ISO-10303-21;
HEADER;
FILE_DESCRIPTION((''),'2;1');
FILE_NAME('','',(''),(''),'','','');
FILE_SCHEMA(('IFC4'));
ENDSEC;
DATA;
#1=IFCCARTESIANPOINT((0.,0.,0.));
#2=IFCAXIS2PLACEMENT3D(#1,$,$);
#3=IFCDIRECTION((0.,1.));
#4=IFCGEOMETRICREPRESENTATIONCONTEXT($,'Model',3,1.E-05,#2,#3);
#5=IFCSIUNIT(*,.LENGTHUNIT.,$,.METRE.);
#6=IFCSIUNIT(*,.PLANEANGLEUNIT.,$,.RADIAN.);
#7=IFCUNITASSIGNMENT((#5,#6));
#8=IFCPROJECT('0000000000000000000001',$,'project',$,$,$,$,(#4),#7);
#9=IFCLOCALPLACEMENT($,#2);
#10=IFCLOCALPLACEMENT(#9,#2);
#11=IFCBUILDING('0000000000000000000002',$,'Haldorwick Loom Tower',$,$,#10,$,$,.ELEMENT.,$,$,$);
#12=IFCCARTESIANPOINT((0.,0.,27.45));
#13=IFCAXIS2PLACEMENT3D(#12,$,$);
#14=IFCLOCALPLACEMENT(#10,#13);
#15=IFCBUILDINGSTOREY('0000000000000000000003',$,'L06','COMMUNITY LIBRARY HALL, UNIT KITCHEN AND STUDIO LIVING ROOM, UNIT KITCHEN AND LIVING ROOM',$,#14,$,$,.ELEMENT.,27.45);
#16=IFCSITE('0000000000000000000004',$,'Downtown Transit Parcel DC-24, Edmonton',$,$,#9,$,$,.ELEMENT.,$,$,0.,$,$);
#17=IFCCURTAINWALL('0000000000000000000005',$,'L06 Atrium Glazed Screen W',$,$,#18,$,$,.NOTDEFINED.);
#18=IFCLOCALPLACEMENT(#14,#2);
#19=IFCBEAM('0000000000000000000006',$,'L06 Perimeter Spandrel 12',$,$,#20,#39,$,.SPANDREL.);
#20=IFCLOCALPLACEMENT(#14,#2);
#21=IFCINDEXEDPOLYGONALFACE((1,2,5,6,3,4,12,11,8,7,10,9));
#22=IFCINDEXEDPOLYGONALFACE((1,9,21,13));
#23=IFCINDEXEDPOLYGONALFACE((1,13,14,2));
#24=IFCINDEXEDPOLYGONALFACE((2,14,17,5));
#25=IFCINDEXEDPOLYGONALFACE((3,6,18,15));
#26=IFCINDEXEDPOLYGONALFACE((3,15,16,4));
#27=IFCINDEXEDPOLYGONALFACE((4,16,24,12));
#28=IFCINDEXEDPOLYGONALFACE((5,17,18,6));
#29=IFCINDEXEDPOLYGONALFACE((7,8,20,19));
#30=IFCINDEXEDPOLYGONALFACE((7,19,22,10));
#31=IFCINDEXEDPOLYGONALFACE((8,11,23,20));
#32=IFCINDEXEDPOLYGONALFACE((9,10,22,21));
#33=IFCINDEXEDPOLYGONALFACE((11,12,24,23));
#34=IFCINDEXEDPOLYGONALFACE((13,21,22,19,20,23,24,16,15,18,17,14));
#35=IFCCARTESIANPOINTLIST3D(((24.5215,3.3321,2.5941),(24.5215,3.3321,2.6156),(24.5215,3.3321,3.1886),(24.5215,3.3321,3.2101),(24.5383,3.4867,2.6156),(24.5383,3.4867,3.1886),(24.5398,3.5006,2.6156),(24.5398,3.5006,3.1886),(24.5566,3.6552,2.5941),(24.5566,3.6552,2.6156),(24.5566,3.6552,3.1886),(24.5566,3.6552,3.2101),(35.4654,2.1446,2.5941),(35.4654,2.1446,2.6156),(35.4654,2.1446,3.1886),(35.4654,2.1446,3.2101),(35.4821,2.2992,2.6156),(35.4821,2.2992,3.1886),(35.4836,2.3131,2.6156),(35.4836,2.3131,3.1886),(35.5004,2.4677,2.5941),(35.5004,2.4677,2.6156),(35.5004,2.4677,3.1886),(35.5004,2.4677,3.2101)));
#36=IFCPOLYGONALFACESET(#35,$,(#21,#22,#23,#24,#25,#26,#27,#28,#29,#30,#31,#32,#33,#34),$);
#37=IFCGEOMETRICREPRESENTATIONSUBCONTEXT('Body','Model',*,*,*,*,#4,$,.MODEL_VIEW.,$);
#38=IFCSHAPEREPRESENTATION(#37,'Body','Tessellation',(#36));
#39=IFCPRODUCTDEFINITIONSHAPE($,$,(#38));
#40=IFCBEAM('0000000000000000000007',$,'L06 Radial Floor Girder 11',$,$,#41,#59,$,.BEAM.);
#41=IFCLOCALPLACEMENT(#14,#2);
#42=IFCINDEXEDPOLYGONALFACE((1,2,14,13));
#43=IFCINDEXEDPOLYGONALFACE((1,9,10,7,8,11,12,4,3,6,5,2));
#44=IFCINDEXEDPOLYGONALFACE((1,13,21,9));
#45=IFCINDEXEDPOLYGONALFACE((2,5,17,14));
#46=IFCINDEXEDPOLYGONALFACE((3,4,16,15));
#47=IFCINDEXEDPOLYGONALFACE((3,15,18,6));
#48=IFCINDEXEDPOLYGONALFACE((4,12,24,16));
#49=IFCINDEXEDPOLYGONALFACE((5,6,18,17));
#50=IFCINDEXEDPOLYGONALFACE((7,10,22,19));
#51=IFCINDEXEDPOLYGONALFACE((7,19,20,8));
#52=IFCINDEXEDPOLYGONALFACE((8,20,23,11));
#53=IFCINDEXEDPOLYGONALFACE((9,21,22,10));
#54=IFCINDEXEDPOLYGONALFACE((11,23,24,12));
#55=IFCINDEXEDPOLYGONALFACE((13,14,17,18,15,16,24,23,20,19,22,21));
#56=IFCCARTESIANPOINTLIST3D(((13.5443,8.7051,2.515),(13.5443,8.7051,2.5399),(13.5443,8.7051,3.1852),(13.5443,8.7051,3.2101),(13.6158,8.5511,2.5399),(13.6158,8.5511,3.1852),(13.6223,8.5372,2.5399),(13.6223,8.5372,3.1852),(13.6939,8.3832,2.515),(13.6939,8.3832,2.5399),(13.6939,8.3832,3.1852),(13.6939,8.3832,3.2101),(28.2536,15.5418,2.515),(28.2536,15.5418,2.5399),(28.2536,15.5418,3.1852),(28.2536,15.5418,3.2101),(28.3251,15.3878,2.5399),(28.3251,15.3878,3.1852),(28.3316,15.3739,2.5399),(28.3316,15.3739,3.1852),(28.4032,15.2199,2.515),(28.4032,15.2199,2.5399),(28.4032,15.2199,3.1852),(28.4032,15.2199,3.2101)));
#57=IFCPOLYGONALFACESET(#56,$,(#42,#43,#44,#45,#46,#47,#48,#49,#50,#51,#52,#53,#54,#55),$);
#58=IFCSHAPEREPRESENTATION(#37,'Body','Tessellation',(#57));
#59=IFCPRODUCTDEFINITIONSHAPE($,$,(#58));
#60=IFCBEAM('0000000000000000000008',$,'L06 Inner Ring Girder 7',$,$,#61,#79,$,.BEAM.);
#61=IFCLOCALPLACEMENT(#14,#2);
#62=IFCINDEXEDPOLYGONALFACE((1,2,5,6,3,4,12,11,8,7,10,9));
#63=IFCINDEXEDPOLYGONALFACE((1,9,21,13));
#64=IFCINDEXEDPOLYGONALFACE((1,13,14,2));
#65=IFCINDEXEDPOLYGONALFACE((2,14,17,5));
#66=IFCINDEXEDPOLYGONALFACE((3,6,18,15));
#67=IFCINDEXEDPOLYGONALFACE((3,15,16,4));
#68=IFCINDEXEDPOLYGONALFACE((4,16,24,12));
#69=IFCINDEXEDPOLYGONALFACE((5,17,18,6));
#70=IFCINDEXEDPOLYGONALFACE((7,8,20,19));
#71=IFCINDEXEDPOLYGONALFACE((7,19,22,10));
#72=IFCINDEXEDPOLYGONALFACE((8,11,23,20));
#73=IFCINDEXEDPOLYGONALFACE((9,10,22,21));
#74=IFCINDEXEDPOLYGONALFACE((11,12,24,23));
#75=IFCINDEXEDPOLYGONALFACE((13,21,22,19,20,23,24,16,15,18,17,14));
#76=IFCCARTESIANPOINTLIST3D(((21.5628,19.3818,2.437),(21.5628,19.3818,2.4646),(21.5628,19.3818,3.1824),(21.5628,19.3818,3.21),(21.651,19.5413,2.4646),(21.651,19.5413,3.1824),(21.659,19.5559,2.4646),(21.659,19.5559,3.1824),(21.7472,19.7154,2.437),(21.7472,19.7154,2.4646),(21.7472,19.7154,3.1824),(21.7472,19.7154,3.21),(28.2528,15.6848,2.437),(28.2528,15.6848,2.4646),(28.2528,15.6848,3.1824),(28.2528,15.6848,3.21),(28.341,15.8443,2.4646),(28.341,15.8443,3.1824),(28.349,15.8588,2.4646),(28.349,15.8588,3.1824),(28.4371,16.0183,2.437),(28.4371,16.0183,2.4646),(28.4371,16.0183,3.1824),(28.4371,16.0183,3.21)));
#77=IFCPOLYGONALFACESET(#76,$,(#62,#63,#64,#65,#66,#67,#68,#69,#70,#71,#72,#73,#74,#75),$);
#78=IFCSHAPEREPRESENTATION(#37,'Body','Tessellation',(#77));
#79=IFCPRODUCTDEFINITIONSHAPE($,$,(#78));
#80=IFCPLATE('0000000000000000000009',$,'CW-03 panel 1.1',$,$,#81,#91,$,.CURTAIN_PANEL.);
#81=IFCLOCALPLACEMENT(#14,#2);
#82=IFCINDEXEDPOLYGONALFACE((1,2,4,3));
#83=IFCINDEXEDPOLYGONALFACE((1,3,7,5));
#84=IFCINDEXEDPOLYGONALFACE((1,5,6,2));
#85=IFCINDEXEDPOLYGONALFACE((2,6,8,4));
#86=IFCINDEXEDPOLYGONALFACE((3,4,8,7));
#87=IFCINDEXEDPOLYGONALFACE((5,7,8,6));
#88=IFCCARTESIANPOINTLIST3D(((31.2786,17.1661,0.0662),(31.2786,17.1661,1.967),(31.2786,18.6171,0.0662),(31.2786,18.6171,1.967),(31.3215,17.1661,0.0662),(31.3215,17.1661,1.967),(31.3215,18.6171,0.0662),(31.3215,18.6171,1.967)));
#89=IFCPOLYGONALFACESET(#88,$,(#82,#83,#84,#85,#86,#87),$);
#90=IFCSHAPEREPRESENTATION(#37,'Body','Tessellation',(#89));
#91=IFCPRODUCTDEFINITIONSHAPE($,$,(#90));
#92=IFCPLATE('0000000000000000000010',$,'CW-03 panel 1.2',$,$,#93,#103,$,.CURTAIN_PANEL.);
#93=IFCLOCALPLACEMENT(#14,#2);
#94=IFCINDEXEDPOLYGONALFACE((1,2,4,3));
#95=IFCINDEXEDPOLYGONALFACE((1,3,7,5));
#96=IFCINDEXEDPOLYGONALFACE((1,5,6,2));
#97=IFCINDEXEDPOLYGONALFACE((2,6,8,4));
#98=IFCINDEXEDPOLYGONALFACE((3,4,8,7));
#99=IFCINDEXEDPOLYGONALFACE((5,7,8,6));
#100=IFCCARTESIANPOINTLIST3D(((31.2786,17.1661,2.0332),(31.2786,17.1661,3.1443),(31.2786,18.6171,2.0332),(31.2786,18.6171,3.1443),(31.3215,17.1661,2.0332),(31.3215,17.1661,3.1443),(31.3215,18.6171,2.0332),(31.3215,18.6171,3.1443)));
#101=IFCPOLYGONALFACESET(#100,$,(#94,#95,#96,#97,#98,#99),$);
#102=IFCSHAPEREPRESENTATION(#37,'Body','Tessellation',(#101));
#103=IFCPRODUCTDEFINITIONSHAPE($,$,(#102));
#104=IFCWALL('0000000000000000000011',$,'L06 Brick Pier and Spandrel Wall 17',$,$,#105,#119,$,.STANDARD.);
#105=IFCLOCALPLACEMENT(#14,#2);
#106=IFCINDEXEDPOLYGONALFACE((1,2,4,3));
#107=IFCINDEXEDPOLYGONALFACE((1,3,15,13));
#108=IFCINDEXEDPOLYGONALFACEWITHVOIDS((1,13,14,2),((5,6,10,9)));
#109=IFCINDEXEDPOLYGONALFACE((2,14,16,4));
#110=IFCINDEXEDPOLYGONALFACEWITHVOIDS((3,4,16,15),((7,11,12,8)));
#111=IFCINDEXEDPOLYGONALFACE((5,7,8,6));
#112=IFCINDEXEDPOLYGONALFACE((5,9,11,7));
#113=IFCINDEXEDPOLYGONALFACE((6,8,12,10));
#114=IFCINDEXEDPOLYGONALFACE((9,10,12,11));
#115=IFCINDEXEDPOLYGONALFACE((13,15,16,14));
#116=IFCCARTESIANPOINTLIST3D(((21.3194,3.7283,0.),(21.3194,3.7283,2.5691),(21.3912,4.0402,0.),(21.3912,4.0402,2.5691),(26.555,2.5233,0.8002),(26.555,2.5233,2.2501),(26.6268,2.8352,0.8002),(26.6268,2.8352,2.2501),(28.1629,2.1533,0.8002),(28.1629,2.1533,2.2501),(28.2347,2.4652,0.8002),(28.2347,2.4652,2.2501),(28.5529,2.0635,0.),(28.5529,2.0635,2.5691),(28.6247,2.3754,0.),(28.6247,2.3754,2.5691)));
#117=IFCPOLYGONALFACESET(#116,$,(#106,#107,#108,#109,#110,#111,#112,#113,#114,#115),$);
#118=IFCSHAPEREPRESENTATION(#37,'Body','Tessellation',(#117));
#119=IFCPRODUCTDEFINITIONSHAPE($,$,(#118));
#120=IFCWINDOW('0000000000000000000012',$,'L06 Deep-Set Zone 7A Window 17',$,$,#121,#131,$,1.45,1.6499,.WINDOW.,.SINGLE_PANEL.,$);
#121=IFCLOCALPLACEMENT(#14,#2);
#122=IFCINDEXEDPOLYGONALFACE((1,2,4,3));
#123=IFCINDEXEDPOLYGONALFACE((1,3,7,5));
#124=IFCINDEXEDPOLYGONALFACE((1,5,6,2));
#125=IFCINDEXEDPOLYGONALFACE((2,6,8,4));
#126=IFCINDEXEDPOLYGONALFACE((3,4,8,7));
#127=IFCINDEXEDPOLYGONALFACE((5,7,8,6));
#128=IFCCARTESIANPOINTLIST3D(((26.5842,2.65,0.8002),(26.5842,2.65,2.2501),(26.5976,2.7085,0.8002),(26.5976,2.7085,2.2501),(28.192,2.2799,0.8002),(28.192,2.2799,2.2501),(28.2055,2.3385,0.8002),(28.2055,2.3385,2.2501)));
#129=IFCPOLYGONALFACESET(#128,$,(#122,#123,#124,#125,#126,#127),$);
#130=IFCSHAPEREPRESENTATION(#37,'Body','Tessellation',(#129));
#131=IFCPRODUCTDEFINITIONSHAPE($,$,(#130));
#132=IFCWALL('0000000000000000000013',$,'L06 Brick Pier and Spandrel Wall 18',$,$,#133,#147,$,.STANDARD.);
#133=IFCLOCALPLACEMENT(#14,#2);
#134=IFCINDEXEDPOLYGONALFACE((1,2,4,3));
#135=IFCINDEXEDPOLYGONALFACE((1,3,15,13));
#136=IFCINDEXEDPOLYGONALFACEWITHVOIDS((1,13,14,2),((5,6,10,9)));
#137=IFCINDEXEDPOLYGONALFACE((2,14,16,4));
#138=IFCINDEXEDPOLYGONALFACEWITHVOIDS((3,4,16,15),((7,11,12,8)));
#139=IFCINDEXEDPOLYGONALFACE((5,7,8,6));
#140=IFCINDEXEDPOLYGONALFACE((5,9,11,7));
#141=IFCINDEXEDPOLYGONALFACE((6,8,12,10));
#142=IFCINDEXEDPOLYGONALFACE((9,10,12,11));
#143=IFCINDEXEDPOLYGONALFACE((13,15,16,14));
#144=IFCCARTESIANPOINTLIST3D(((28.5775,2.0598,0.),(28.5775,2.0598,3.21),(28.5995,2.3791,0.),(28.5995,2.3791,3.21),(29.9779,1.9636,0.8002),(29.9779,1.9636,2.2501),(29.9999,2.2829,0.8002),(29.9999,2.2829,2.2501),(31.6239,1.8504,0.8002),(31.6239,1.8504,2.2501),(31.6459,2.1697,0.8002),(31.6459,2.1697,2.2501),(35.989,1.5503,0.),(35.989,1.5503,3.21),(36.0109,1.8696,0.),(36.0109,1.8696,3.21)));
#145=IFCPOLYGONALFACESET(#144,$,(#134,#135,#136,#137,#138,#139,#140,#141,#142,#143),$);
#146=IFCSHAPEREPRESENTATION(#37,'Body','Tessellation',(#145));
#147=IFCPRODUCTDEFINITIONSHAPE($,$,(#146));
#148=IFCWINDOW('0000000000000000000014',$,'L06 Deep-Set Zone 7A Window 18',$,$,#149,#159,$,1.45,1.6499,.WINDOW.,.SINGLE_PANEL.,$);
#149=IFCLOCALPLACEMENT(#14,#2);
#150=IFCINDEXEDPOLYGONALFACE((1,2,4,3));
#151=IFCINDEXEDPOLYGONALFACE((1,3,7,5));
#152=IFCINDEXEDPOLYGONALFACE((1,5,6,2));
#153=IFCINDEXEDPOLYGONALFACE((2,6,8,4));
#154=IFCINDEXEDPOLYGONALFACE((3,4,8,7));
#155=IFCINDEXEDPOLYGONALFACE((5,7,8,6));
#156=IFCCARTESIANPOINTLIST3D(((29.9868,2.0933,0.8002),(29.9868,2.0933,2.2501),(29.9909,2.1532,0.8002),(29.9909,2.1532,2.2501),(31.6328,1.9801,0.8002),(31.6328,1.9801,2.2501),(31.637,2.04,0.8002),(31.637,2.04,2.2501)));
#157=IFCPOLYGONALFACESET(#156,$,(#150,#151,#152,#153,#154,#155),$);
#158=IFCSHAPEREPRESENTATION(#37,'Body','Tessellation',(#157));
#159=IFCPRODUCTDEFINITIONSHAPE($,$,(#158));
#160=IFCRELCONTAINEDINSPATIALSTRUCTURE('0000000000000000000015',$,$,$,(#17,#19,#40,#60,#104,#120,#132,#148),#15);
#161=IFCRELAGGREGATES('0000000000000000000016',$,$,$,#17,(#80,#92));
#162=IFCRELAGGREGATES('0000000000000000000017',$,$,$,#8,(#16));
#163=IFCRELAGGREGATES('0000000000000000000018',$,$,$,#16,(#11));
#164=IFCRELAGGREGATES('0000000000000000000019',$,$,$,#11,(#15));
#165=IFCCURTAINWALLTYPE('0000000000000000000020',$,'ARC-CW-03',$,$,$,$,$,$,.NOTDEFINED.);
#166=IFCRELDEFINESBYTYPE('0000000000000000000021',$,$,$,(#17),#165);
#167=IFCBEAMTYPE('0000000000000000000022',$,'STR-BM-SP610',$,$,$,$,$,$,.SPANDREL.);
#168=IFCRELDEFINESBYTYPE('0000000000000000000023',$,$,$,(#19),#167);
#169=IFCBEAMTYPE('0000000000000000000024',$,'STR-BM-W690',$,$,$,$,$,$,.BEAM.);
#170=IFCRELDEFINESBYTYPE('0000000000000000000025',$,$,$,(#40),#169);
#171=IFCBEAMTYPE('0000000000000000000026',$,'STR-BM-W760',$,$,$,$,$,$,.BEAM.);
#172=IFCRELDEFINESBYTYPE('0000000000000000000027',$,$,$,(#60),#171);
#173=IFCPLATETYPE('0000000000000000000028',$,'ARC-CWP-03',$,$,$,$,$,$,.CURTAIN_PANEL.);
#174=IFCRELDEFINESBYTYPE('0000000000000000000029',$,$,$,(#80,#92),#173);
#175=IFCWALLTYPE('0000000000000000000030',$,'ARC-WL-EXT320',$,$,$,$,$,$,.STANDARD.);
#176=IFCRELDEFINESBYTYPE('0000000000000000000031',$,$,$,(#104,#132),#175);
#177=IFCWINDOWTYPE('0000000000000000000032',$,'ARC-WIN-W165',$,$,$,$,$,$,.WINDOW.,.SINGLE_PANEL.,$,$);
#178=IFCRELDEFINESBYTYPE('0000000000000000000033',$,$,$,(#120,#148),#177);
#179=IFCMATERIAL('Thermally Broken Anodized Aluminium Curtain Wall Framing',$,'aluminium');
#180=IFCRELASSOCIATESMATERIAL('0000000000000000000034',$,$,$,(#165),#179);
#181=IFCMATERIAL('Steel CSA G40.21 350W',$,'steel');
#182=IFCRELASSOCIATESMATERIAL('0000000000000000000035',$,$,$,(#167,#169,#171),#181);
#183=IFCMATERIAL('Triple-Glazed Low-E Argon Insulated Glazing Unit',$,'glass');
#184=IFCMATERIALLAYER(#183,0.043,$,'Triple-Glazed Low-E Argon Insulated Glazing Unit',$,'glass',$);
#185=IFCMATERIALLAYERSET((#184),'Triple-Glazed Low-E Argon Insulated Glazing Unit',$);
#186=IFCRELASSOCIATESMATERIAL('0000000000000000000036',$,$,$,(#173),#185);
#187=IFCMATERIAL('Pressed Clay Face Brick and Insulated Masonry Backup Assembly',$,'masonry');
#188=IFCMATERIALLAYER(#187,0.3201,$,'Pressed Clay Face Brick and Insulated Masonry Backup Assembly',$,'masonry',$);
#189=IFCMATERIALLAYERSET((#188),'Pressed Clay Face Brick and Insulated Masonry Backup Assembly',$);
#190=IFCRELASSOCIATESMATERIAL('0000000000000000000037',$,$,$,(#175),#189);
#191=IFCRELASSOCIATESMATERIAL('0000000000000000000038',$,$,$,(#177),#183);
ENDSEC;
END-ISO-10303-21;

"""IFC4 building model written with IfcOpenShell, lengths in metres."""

from ifc_helpers import new_model, si_unit, direction, frame, frame_2d, origin, origin_2d, place, context, subcontext, project, spatial, rectangle, i_section, extrude, material, layer, layer_set, material_profile, profile_set, type_object, element, fill, aggregate, save


model = new_model("IFC4")

# Units and contexts
model_context = context("Model", 3, precision=1e-05, world=origin(), true_north=direction((0.0, 1.0)))
body_context = subcontext(model_context, "Body", "Model", "MODEL_VIEW")
ifc_project = project(units=[si_unit("LENGTHUNIT", "METRE"), si_unit("PLANEANGLEUNIT", "RADIAN")], contexts=[model_context])

# Site, building, storey
site_placement = place(None, origin())
site = spatial("IfcSite", under=ifc_project, at=site_placement, Name="Downtown Transit Parcel DC-24, Edmonton", CompositionType="ELEMENT", RefElevation=0.0)
building_placement = place(site_placement, origin())
building = spatial("IfcBuilding", under=site, at=building_placement, Name="Haldorwick Loom Tower", CompositionType="ELEMENT")
storey_placement = place(building_placement, frame((0.0, 0.0, 27.45)))
storey = spatial("IfcBuildingStorey", under=building, at=storey_placement, Name="L06", Description="COMMUNITY LIBRARY HALL, UNIT KITCHEN AND STUDIO LIVING ROOM, UNIT KITCHEN AND LIVING ROOM", CompositionType="ELEMENT", Elevation=27.45)

# Curtain wall
ifc_material_1 = material(Name="Thermally Broken Anodized Aluminium Curtain Wall Framing", Category="aluminium")
curtain_wall_type = type_object("IfcCurtainWallType", Name="ARC-CW-03", PredefinedType="NOTDEFINED", material=ifc_material_1)
curtain_wall_placement = place(storey_placement, origin())
curtain_wall = element("IfcCurtainWall", 1, at=curtain_wall_placement, inside=storey, type_object=curtain_wall_type, Name="L06 Atrium Glazed Screen W", PredefinedType="NOTDEFINED")

# Beams
ifc_material_2 = material(Name="Steel CSA G40.21 350W", Category="steel")
ifc_material_profile_1 = material_profile(ifc_material_2, i_section(OverallWidth=0.325, OverallDepth=0.616, WebThickness=0.0139, FlangeThickness=0.0215, at=origin_2d()), Name="W610X174", Category="steel")
ifc_profile_set_1 = profile_set([ifc_material_profile_1], Name="Steel CSA G40.21 350W")
beam_type_1 = type_object("IfcBeamType", Name="STR-BM-SP610", PredefinedType="SPANDREL", material=ifc_profile_set_1)
beam_1_placement = place(storey_placement, frame((24.5391, 3.4937, 2.9021), z_axis=(0.994164, -0.107875, 0.0), x_axis=(0.107875, 0.994164, 0.0)))
element("IfcBeam", 2, at=beam_1_placement, inside=storey, type_object=beam_type_1, Name="L06 Perimeter Spandrel 12", PredefinedType="SPANDREL", context=body_context, shape_type="SweptSolid", body=[
    extrude(i_section(OverallWidth=0.325, OverallDepth=0.616, WebThickness=0.0139, FlangeThickness=0.0215, at=origin_2d()), origin(), (0.0, 0.0, 1.0), 11.0081),
])
ifc_material_profile_2 = material_profile(ifc_material_2, i_section(OverallWidth=0.355, OverallDepth=0.6951, WebThickness=0.0154, FlangeThickness=0.0249, at=origin_2d()), Name="W690X217", Category="steel")
ifc_profile_set_2 = profile_set([ifc_material_profile_2], Name="Steel CSA G40.21 350W")
beam_type_2 = type_object("IfcBeamType", Name="STR-BM-W690", PredefinedType="BEAM", material=ifc_profile_set_2)
beam_2_placement = place(storey_placement, frame((28.3284, 15.3809, 2.8625), z_axis=(-0.906835, -0.421486, 0.0), x_axis=(0.421486, -0.906835, 0.0)))
element("IfcBeam", 3, at=beam_2_placement, inside=storey, type_object=beam_type_2, Name="L06 Radial Floor Girder 11", PredefinedType="BEAM", context=body_context, shape_type="SweptSolid", body=[
    extrude(i_section(OverallWidth=0.355, OverallDepth=0.6951, WebThickness=0.0154, FlangeThickness=0.0249, at=origin_2d()), origin(), (0.0, 0.0, 1.0), 16.2205),
])
ifc_material_profile_3 = material_profile(ifc_material_2, i_section(OverallWidth=0.3811, OverallDepth=0.7729, WebThickness=0.0166, FlangeThickness=0.0276, at=origin_2d()), Name="W760X257", Category="steel")
ifc_profile_set_3 = profile_set([ifc_material_profile_3], Name="Steel CSA G40.21 350W")
beam_type_3 = type_object("IfcBeamType", Name="STR-BM-W760", PredefinedType="BEAM", material=ifc_profile_set_3)
beam_3_placement = place(storey_placement, frame((28.345, 15.8516, 2.8235), z_axis=(-0.875244, 0.483681, 0.0), x_axis=(-0.483681, -0.875244, 0.0)))
element("IfcBeam", 4, at=beam_3_placement, inside=storey, type_object=beam_type_3, Name="L06 Inner Ring Girder 7", PredefinedType="BEAM", context=body_context, shape_type="SweptSolid", body=[
    extrude(i_section(OverallWidth=0.3811, OverallDepth=0.7729, WebThickness=0.0166, FlangeThickness=0.0276, at=origin_2d()), origin(), (0.0, 0.0, 1.0), 7.6436),
])

# Plates
ifc_material_3 = material(Name="Triple-Glazed Low-E Argon Insulated Glazing Unit", Category="glass")
ifc_layer_1 = layer(ifc_material_3, 0.043, Name="Triple-Glazed Low-E Argon Insulated Glazing Unit", Category="glass")
ifc_layer_set_1 = layer_set([ifc_layer_1], Name="Triple-Glazed Low-E Argon Insulated Glazing Unit")
plate_type = type_object("IfcPlateType", Name="ARC-CWP-03", PredefinedType="CURTAIN_PANEL", material=ifc_layer_set_1)
plate_1_placement = place(storey_placement, frame((31.3, 17.8916, 0.0662), z_axis=(0.0, 0.0, 1.0), x_axis=(0.0, 1.0, 0.0)))
plate_1 = element("IfcPlate", 5, at=plate_1_placement, type_object=plate_type, Name="CW-03 panel 1.1", PredefinedType="CURTAIN_PANEL", context=body_context, shape_type="SweptSolid", body=[
    extrude(rectangle(XDim=1.4509, YDim=0.043, at=origin_2d()), origin(), (0.0, 0.0, 1.0), 1.9009),
])
plate_2_placement = place(storey_placement, frame((31.3, 17.8916, 2.0332), z_axis=(0.0, 0.0, 1.0), x_axis=(0.0, 1.0, 0.0)))
plate_2 = element("IfcPlate", 6, at=plate_2_placement, type_object=plate_type, Name="CW-03 panel 1.2", PredefinedType="CURTAIN_PANEL", context=body_context, shape_type="SweptSolid", body=[
    extrude(rectangle(XDim=1.4509, YDim=0.043, at=origin_2d()), origin(), (0.0, 0.0, 1.0), 1.1111),
])
aggregate(curtain_wall, [plate_1, plate_2])

# Walls, openings, windows
ifc_material_4 = material(Name="Pressed Clay Face Brick and Insulated Masonry Backup Assembly", Category="masonry")
ifc_layer_2 = layer(ifc_material_4, 0.3201, Name="Pressed Clay Face Brick and Insulated Masonry Backup Assembly", Category="masonry")
ifc_layer_set_2 = layer_set([ifc_layer_2], Name="Pressed Clay Face Brick and Insulated Masonry Backup Assembly")
wall_type_1 = type_object("IfcWallType", Name="ARC-WL-EXT320", PredefinedType="STANDARD", material=ifc_layer_set_2)
wall_1_placement = place(storey_placement, frame((21.3552, 3.8843, 0.0), z_axis=(0.0, 0.0, 1.0), x_axis=(0.974522, -0.22429, 0.0)))
wall_1 = element("IfcWall", 7, at=wall_1_placement, inside=storey, type_object=wall_type_1, Name="L06 Brick Pier and Spandrel Wall 17", PredefinedType="STANDARD", context=body_context, shape_type="SweptSolid", body=[
    extrude(rectangle(XDim=7.4226, YDim=0.3201, at=frame_2d((3.7114, 0.0))), origin(), (0.0, 0.0, 1.0), 2.5691),
])
opening_1_placement = place(wall_1_placement, frame((5.3726, 0.0, 0.8)))
opening_1 = element("IfcOpeningElement", 8, at=opening_1_placement, cuts=wall_1, PredefinedType="OPENING", context=body_context, shape_type="SweptSolid", body=[
    extrude(rectangle(XDim=1.6499, YDim=1.45, at=frame_2d((0.825, 0.7251))), frame((0.0, 0.1699, 0.0), z_axis=(0.0, -1.0, 0.0), x_axis=(1.0, 0.0, 0.0)), (0.0, 0.0, 1.0), 0.3401),
])
window_type = type_object("IfcWindowType", Name="ARC-WIN-W165", PartitioningType="SINGLE_PANEL", PredefinedType="WINDOW", material=ifc_material_3)
window_1_placement = place(opening_1_placement, origin())
window_1 = element("IfcWindow", 9, at=window_1_placement, inside=storey, type_object=window_type, Name="L06 Deep-Set Zone 7A Window 17", OverallHeight=1.45, OverallWidth=1.6499, PartitioningType="SINGLE_PANEL", PredefinedType="WINDOW", context=body_context, shape_type="SweptSolid", body=[
    extrude(rectangle(XDim=1.6499, YDim=1.45, at=frame_2d((0.825, 0.7251))), frame((0.0, 0.03, 0.0), z_axis=(0.0, -1.0, 0.0), x_axis=(1.0, 0.0, 0.0)), (0.0, 0.0, 1.0), 0.0601),
])
fill(opening_1, window_1)
wall_2_placement = place(storey_placement, frame((28.5886, 2.2195, 0.0), z_axis=(0.0, 0.0, 1.0), x_axis=(0.997645, -0.068587, 0.0)))
wall_2 = element("IfcWall", 10, at=wall_2_placement, inside=storey, type_object=wall_type_1, Name="L06 Brick Pier and Spandrel Wall 18", PredefinedType="STANDARD", context=body_context, shape_type="SweptSolid", body=[
    extrude(rectangle(XDim=7.429, YDim=0.3201, at=frame_2d((3.7144, 0.0))), origin(), (0.0, 0.0, 1.0), 3.21),
])
opening_2_placement = place(wall_2_placement, frame((1.4036, 0.0, 0.8)))
opening_2 = element("IfcOpeningElement", 11, at=opening_2_placement, cuts=wall_2, PredefinedType="OPENING", context=body_context, shape_type="SweptSolid", body=[
    extrude(rectangle(XDim=1.6499, YDim=1.45, at=frame_2d((0.825, 0.7251))), frame((0.0, 0.1699, 0.0), z_axis=(0.0, -1.0, 0.0), x_axis=(1.0, 0.0, 0.0)), (0.0, 0.0, 1.0), 0.3401),
])
window_2_placement = place(opening_2_placement, origin())
window_2 = element("IfcWindow", 12, at=window_2_placement, inside=storey, type_object=window_type, Name="L06 Deep-Set Zone 7A Window 18", OverallHeight=1.45, OverallWidth=1.6499, PartitioningType="SINGLE_PANEL", PredefinedType="WINDOW", context=body_context, shape_type="SweptSolid", body=[
    extrude(rectangle(XDim=1.6499, YDim=1.45, at=frame_2d((0.825, 0.7251))), frame((0.0, 0.03, 0.0), z_axis=(0.0, -1.0, 0.0), x_axis=(1.0, 0.0, 0.0)), (0.0, 0.0, 1.0), 0.0601),
])
fill(opening_2, window_2)

save(model, "model.ifc")
